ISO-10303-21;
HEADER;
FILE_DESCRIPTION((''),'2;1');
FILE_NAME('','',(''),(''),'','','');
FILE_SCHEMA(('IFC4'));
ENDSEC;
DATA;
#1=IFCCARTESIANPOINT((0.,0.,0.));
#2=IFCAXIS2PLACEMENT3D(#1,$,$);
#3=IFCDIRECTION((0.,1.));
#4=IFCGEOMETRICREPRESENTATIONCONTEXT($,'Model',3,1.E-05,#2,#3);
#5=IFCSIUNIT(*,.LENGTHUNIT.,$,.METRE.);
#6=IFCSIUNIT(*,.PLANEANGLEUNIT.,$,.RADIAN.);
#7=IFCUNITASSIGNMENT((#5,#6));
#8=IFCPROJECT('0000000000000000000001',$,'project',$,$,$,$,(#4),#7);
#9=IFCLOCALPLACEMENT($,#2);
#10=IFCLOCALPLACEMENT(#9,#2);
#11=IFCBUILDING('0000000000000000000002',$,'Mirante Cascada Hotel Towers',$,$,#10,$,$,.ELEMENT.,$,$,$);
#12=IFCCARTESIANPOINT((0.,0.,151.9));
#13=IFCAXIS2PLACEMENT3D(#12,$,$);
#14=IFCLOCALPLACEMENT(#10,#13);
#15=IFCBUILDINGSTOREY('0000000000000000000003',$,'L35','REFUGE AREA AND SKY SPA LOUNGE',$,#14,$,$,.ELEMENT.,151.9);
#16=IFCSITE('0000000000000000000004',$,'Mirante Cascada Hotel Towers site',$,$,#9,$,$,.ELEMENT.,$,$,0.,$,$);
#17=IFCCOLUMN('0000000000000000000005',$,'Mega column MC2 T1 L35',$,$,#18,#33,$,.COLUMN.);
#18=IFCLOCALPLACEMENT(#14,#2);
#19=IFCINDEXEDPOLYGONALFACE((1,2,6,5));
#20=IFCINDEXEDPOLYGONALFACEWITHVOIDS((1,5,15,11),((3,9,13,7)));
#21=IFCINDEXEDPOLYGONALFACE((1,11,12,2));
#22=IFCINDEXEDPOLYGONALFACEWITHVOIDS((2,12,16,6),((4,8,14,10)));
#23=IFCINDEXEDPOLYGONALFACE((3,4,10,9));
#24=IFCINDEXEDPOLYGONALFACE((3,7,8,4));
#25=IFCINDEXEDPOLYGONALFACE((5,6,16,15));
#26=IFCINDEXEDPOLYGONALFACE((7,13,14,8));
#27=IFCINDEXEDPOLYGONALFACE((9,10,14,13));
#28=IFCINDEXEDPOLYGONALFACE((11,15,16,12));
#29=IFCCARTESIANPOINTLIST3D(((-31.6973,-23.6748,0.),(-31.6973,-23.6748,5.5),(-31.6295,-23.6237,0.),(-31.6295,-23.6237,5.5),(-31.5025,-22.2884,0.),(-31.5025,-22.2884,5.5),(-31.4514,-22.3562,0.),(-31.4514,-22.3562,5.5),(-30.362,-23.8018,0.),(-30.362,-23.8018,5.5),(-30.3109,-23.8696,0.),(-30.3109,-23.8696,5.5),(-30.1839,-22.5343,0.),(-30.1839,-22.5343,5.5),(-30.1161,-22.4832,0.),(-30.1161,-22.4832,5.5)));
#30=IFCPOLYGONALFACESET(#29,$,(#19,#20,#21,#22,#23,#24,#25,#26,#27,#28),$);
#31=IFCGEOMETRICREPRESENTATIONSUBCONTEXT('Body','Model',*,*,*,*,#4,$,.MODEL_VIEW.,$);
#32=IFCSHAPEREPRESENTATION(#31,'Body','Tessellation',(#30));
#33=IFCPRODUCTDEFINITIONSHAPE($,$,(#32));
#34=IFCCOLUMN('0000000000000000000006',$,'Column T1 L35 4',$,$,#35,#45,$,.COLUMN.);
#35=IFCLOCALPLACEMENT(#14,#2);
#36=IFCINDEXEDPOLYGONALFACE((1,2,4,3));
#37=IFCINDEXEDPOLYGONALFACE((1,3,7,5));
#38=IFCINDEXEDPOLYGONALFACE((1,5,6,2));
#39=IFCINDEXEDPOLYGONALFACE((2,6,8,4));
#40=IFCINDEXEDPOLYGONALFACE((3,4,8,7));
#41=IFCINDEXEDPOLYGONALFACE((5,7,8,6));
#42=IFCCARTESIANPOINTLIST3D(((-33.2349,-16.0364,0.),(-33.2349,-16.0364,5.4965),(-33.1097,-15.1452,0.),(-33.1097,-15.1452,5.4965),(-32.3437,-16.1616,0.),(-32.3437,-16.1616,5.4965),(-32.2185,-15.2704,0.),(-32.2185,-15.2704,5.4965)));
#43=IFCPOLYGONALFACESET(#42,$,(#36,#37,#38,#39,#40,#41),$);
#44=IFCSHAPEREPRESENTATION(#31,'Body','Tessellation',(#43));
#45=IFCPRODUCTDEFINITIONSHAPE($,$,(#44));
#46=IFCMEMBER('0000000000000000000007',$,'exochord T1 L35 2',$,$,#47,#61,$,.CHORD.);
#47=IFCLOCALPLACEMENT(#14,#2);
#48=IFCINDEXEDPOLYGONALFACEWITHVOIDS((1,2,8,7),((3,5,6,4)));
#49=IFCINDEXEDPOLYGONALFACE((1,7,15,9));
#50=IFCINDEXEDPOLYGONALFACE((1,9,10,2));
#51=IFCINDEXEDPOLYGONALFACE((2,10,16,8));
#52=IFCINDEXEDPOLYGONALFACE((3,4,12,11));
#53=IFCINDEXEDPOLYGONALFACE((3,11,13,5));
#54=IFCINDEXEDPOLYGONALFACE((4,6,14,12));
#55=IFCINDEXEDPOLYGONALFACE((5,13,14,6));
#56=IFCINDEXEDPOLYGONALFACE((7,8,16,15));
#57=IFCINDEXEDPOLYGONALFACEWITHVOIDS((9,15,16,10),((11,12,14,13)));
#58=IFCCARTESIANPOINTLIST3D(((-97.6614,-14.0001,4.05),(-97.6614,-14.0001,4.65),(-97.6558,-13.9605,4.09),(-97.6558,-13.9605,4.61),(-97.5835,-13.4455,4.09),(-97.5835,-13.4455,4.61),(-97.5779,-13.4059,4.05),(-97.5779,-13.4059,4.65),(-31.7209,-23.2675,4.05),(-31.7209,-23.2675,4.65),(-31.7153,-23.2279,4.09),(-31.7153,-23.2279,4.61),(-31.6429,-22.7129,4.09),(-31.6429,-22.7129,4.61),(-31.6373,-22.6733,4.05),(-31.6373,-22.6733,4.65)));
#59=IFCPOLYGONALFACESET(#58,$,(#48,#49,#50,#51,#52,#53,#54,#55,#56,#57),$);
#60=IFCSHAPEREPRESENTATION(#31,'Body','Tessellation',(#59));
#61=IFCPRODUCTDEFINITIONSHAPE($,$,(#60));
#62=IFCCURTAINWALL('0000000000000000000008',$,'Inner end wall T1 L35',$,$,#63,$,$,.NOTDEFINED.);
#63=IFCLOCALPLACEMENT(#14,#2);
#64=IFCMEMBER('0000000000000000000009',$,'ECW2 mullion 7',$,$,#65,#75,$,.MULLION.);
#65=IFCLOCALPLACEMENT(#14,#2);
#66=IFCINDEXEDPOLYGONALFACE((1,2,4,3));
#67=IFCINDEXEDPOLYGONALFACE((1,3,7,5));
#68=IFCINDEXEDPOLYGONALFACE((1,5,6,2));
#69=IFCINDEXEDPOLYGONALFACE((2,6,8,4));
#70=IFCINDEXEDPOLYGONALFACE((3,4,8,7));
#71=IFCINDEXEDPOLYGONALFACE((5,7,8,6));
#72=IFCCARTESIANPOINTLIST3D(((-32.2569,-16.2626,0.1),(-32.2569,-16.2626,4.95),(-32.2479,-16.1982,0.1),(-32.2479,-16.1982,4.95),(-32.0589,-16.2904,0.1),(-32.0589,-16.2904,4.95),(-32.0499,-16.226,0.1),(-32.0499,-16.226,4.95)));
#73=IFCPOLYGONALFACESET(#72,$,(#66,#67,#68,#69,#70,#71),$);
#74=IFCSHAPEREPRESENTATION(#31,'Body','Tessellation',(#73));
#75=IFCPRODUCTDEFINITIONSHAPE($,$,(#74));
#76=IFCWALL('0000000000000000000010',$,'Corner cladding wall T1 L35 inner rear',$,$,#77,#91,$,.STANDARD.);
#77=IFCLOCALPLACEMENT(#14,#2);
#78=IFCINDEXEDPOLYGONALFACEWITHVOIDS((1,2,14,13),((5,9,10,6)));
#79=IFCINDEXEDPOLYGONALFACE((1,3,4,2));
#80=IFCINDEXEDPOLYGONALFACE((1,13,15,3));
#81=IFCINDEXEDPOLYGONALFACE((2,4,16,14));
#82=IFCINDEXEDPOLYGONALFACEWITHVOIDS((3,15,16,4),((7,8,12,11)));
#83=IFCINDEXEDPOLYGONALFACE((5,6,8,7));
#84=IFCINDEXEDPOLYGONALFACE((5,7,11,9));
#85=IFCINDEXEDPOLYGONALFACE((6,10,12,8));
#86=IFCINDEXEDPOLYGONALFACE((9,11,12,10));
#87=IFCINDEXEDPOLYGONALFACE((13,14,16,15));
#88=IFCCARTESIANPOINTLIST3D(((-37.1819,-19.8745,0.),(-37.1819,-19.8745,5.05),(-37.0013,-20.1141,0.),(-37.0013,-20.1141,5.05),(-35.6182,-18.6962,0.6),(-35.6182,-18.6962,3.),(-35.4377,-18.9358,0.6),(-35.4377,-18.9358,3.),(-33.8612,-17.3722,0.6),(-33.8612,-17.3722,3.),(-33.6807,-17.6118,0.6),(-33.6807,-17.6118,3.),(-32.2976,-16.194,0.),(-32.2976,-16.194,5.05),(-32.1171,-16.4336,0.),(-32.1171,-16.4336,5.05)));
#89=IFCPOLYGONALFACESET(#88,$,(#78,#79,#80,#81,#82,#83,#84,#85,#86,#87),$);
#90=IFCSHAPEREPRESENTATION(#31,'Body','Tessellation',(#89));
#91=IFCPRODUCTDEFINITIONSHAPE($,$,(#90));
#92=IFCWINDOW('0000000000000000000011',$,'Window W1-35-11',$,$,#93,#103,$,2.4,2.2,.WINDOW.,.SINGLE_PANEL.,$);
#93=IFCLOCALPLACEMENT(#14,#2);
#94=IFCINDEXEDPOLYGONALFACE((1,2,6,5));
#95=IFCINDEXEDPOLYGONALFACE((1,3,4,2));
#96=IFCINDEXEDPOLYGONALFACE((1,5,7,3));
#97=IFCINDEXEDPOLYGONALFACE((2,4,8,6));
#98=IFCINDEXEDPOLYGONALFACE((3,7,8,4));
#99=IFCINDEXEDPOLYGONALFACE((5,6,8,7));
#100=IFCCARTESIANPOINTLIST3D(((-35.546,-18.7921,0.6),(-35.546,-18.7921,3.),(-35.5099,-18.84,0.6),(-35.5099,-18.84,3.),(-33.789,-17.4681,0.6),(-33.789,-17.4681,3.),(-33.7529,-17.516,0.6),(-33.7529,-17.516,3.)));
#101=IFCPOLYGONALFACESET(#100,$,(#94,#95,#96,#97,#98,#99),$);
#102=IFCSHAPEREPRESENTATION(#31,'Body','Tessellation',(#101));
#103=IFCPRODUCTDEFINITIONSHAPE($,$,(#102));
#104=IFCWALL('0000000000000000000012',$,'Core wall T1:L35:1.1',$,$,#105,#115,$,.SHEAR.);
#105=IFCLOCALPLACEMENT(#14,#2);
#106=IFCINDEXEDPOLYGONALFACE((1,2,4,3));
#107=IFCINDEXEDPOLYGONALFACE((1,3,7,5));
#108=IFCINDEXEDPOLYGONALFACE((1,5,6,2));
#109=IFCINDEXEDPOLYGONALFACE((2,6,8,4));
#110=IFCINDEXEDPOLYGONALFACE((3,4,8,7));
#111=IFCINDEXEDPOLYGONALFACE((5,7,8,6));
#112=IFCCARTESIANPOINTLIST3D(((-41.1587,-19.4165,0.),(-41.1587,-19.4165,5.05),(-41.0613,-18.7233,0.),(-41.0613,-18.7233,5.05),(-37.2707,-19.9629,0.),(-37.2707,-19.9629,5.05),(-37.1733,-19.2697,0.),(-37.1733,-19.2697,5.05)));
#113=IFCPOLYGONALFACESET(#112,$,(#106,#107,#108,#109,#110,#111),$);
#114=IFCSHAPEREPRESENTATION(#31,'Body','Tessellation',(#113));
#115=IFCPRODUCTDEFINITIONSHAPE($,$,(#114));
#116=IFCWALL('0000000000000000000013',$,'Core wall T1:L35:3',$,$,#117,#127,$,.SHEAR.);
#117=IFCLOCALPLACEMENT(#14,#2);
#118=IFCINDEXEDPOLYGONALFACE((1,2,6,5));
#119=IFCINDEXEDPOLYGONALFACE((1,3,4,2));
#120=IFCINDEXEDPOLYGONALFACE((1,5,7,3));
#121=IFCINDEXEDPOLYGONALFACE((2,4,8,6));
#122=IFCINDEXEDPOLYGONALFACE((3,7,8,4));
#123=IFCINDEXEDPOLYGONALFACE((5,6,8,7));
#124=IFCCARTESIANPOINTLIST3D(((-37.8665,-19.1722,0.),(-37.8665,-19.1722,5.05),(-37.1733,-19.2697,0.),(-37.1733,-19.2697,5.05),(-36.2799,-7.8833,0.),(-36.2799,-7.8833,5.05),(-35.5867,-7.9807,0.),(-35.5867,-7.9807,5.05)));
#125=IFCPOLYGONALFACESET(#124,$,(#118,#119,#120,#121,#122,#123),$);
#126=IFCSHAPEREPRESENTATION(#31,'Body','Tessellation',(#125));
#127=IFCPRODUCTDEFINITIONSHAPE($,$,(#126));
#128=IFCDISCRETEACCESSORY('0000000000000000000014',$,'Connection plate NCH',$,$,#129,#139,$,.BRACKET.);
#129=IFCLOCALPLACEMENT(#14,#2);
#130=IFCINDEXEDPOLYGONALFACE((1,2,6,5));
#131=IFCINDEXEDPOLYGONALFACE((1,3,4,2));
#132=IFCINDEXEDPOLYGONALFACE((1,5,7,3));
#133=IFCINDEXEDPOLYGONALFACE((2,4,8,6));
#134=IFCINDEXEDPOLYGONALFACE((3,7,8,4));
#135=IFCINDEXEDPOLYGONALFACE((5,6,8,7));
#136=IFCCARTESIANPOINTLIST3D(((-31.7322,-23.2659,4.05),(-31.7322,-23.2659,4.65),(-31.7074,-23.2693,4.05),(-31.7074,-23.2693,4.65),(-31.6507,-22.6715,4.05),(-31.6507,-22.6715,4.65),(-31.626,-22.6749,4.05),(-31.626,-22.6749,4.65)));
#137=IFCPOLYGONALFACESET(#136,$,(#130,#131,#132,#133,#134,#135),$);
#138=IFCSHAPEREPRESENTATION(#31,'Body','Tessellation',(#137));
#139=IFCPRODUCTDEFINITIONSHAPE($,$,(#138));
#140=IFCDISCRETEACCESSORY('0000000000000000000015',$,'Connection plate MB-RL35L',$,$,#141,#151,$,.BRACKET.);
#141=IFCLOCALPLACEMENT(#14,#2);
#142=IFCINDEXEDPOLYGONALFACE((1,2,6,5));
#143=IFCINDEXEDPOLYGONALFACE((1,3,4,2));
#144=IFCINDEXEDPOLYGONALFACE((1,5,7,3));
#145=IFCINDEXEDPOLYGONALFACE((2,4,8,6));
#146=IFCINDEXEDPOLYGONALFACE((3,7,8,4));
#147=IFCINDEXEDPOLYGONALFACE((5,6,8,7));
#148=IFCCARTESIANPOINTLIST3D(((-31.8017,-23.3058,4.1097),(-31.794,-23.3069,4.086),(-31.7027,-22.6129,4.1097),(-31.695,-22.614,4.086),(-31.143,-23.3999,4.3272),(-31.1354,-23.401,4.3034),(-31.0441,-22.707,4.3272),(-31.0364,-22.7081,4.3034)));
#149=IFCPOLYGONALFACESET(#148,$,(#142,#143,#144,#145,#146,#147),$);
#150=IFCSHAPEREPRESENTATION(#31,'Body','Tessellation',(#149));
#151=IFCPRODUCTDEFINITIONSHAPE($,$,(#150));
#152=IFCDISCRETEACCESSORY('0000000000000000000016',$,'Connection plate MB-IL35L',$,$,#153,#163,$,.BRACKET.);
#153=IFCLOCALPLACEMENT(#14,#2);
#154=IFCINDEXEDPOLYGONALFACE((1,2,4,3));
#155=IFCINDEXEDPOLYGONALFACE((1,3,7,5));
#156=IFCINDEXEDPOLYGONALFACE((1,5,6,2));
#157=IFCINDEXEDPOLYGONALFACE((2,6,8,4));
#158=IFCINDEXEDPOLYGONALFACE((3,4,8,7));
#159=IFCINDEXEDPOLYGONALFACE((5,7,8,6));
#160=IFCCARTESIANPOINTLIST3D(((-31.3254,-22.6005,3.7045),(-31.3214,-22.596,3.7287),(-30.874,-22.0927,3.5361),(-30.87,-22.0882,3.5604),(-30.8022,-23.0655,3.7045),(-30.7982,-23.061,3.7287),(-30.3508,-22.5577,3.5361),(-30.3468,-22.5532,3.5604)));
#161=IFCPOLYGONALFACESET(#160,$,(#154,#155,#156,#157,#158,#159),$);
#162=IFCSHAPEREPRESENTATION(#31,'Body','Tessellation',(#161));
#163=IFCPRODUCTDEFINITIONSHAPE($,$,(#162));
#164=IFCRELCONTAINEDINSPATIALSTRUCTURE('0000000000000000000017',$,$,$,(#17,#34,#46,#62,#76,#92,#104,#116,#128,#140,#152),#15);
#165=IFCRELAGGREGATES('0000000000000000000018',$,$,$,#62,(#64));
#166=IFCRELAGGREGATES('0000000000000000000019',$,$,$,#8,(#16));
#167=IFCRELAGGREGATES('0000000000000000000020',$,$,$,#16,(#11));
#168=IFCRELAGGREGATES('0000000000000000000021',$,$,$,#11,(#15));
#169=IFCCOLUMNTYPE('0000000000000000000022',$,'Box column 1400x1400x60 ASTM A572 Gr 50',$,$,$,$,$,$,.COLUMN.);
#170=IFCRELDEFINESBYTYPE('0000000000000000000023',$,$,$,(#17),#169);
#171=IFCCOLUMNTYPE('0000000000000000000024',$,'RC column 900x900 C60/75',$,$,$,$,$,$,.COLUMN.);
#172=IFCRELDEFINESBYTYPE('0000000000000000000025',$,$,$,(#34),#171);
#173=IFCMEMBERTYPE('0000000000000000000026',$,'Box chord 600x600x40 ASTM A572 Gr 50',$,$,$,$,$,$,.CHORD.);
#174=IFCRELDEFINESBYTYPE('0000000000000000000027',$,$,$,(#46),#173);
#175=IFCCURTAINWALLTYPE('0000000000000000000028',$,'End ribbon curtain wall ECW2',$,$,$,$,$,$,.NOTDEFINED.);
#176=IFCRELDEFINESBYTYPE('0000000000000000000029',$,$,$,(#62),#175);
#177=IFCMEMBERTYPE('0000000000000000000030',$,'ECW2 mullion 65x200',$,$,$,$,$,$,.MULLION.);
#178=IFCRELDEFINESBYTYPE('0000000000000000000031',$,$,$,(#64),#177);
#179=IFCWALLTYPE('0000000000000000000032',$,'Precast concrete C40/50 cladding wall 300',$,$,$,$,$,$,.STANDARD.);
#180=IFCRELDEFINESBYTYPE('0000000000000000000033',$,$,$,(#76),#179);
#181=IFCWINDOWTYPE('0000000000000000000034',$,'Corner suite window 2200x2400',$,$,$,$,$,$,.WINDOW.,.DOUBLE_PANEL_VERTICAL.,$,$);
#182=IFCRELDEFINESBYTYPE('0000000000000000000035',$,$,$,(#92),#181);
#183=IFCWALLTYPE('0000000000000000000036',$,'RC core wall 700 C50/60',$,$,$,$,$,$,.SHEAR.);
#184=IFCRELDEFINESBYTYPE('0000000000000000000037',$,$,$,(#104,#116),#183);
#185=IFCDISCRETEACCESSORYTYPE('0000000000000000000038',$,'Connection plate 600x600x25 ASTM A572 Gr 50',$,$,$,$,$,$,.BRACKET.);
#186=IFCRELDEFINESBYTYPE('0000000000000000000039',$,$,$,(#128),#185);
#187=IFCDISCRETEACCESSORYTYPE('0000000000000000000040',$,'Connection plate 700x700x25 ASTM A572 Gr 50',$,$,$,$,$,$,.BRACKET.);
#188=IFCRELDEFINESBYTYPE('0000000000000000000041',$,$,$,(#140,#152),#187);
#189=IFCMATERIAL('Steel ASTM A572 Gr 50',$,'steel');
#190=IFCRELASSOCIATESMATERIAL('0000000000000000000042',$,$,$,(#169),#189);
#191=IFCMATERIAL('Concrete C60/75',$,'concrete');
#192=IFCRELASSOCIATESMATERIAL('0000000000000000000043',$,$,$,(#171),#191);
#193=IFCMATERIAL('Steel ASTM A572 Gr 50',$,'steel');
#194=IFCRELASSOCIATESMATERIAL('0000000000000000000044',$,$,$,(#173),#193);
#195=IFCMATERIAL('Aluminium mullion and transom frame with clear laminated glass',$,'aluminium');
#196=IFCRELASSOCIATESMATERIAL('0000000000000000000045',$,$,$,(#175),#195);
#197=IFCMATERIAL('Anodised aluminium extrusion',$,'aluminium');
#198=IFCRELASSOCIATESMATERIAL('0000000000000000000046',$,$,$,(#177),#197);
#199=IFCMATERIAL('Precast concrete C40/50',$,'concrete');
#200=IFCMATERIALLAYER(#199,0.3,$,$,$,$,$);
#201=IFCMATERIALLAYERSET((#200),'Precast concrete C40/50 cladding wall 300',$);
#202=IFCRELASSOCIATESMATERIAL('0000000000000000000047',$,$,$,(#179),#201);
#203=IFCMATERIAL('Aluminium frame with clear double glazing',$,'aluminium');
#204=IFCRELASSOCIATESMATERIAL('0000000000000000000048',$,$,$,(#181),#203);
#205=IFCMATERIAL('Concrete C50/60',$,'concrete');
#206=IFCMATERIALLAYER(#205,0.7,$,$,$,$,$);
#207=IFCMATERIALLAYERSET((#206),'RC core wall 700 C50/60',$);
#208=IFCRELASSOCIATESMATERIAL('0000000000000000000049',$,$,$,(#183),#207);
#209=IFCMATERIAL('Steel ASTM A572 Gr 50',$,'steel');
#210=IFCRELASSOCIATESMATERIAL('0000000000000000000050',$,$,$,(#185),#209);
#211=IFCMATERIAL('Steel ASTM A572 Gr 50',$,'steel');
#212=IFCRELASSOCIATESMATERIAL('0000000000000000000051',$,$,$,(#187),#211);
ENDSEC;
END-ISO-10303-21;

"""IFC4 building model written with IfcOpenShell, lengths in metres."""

from ifc_helpers import new_model, si_unit, direction, frame, frame_2d, origin, origin_2d, place, context, subcontext, project, spatial, rectangle, hollow_rectangle, extrude, material, layer, layer_set, material_profile, profile_set, type_object, element, fill, aggregate, save


model = new_model("IFC4")

# Units and contexts
model_context = context("Model", 3, precision=1e-05, world=origin(), true_north=direction((0.0, 1.0)))
body_context = subcontext(model_context, "Body", "Model", "MODEL_VIEW")
ifc_project = project(units=[si_unit("LENGTHUNIT", "METRE"), si_unit("PLANEANGLEUNIT", "RADIAN")], contexts=[model_context])

# Site, building, storey
site_placement = place(None, origin())
site = spatial("IfcSite", under=ifc_project, at=site_placement, Name="Mirante Cascada Hotel Towers site", CompositionType="ELEMENT", RefElevation=0.0)
building_placement = place(site_placement, origin())
building = spatial("IfcBuilding", under=site, at=building_placement, Name="Mirante Cascada Hotel Towers", CompositionType="ELEMENT")
storey_placement = place(building_placement, frame((0.0, 0.0, 151.9)))
storey = spatial("IfcBuildingStorey", under=building, at=storey_placement, Name="L35", Description="REFUGE AREA AND SKY SPA LOUNGE", CompositionType="ELEMENT", Elevation=151.9)

# Columns
ifc_material_1 = material(Name="Steel ASTM A572 Gr 50", Category="steel")
ifc_material_profile_1 = material_profile(ifc_material_1, hollow_rectangle(XDim=1.4, YDim=1.4, WallThickness=0.06, at=origin_2d()), Name="Box column 1400x1400x60 ASTM A572 Gr 50")
ifc_profile_set_1 = profile_set([ifc_material_profile_1], Name="Steel ASTM A572 Gr 50")
column_type_1 = type_object("IfcColumnType", Name="Box column 1400x1400x60 ASTM A572 Gr 50", PredefinedType="COLUMN", material=ifc_profile_set_1)
column_1_placement = place(storey_placement, frame((-30.9067, -23.079, 0.0), z_axis=(0.0, 0.0, 1.0), x_axis=(-0.990268, 0.139173, 0.0)))
element("IfcColumn", 1, at=column_1_placement, inside=storey, type_object=column_type_1, Name="Mega column MC2 T1 L35", PredefinedType="COLUMN", context=body_context, shape_type="SweptSolid", body=[
    extrude(hollow_rectangle(XDim=1.4, YDim=1.4, WallThickness=0.06, at=origin_2d()), origin(), (0.0, 0.0, 1.0), 5.5),
])
ifc_material_2 = material(Name="Concrete C60/75", Category="concrete")
ifc_material_profile_2 = material_profile(ifc_material_2, rectangle(XDim=0.9, YDim=0.9, at=origin_2d()), Name="RC column 900x900 C60/75")
ifc_profile_set_2 = profile_set([ifc_material_profile_2], Name="Concrete C60/75")
column_type_2 = type_object("IfcColumnType", Name="RC column 900x900 C60/75", PredefinedType="COLUMN", material=ifc_profile_set_2)
column_2_placement = place(storey_placement, frame((-32.7267, -15.6534, 0.0), z_axis=(0.0, 0.0, 1.0), x_axis=(-0.990268, 0.139173, 0.0)))
element("IfcColumn", 2, at=column_2_placement, inside=storey, type_object=column_type_2, Name="Column T1 L35 4", PredefinedType="COLUMN", context=body_context, shape_type="SweptSolid", body=[
    extrude(rectangle(XDim=0.9, YDim=0.9, at=origin_2d()), origin(), (0.0, 0.0, 1.0), 5.4965),
])

# Member
ifc_material_3 = material(Name="Steel ASTM A572 Gr 50", Category="steel")
ifc_material_profile_3 = material_profile(ifc_material_3, hollow_rectangle(XDim=0.6, YDim=0.6, WallThickness=0.04, at=origin_2d()), Name="Box chord 600x600x40 ASTM A572 Gr 50")
ifc_profile_set_3 = profile_set([ifc_material_profile_3], Name="Steel ASTM A572 Gr 50")
member_type_1 = type_object("IfcMemberType", Name="Box chord 600x600x40 ASTM A572 Gr 50", PredefinedType="CHORD", material=ifc_profile_set_3)
member_1_placement = place(storey_placement, frame((-31.6791, -22.9704, 4.35), z_axis=(-0.990268, 0.139174, 0.0), x_axis=(-0.139174, -0.990268, 0.0)))
element("IfcMember", 3, at=member_1_placement, inside=storey, type_object=member_type_1, Name="exochord T1 L35 2", PredefinedType="CHORD", context=body_context, shape_type="SweptSolid", body=[
    extrude(hollow_rectangle(XDim=0.6, YDim=0.6, WallThickness=0.04, at=origin_2d()), origin(), (0.0, 0.0, 1.0), 66.5886),
])

# Curtain wall, member
ifc_material_4 = material(Name="Aluminium mullion and transom frame with clear laminated glass", Category="aluminium")
curtain_wall_type = type_object("IfcCurtainWallType", Name="End ribbon curtain wall ECW2", PredefinedType="NOTDEFINED", material=ifc_material_4)
curtain_wall_placement = place(storey_placement, origin())
curtain_wall = element("IfcCurtainWall", 4, at=curtain_wall_placement, inside=storey, type_object=curtain_wall_type, Name="Inner end wall T1 L35", PredefinedType="NOTDEFINED")
ifc_material_5 = material(Name="Anodised aluminium extrusion", Category="aluminium")
ifc_material_profile_4 = material_profile(ifc_material_5, rectangle(XDim=0.2, YDim=0.065, at=origin_2d()), Name="ECW2 MULLION 65x200")
ifc_profile_set_4 = profile_set([ifc_material_profile_4], Name="Anodised aluminium extrusion")
member_type_2 = type_object("IfcMemberType", Name="ECW2 mullion 65x200", PredefinedType="MULLION", material=ifc_profile_set_4)
member_2_placement = place(storey_placement, frame((-32.1534, -16.2443, 0.1), z_axis=(0.0, 0.0, 1.0), x_axis=(0.990268, -0.139173, 0.0)))
member_2 = element("IfcMember", 5, at=member_2_placement, type_object=member_type_2, Name="ECW2 mullion 7", PredefinedType="MULLION", context=body_context, shape_type="SweptSolid", body=[
    extrude(rectangle(XDim=0.2, YDim=0.065, at=origin_2d()), origin(), (0.0, 0.0, 1.0), 4.85),
])
aggregate(curtain_wall, [member_2])

# Wall, opening, window
ifc_material_6 = material(Name="Precast concrete C40/50", Category="concrete")
ifc_layer_1 = layer(ifc_material_6, 0.3)
ifc_layer_set_1 = layer_set([ifc_layer_1], Name="Precast concrete C40/50 cladding wall 300")
wall_type_1 = type_object("IfcWallType", Name="Precast concrete C40/50 cladding wall 300", PredefinedType="STANDARD", material=ifc_layer_set_1)
wall_1_placement = place(storey_placement, frame((-32.2074, -16.3138, 0.0), z_axis=(0.0, 0.0, 1.0), x_axis=(-0.798636, -0.601814, 0.0)))
wall_1 = element("IfcWall", 6, at=wall_1_placement, inside=storey, type_object=wall_type_1, Name="Corner cladding wall T1 L35 inner rear", PredefinedType="STANDARD", context=body_context, shape_type="SweptSolid", body=[
    extrude(rectangle(XDim=6.1157, YDim=0.3, at=frame_2d((3.0578, 0.0))), origin(), (0.0, 0.0, 1.0), 5.05),
])
opening_placement = place(wall_1_placement, frame((1.9578, 0.0, 0.6)))
opening = element("IfcOpeningElement", 7, at=opening_placement, cuts=wall_1, PredefinedType="OPENING", context=body_context, shape_type="SweptSolid", body=[
    extrude(rectangle(XDim=2.2, YDim=2.4, at=frame_2d((1.1, 1.2))), frame((0.0, 0.15, 0.0), z_axis=(0.0, -1.0, 0.0), x_axis=(1.0, 0.0, 0.0)), (0.0, 0.0, 1.0), 0.3),
])
ifc_material_7 = material(Name="Aluminium frame with clear double glazing", Category="aluminium")
window_type = type_object("IfcWindowType", Name="Corner suite window 2200x2400", PartitioningType="DOUBLE_PANEL_VERTICAL", PredefinedType="WINDOW", material=ifc_material_7)
window_placement = place(opening_placement, origin())
window = element("IfcWindow", 8, at=window_placement, inside=storey, type_object=window_type, Name="Window W1-35-11", OverallHeight=2.4, OverallWidth=2.2, PartitioningType="SINGLE_PANEL", PredefinedType="WINDOW", context=body_context, shape_type="SweptSolid", body=[
    extrude(rectangle(XDim=2.2, YDim=2.4, at=frame_2d((1.1, 1.2))), frame((0.0, 0.03, 0.0), z_axis=(0.0, -1.0, 0.0), x_axis=(1.0, 0.0, 0.0)), (0.0, 0.0, 1.0), 0.06),
])
fill(opening, window)

# Walls
ifc_material_8 = material(Name="Concrete C50/60", Category="concrete")
ifc_layer_2 = layer(ifc_material_8, 0.7)
ifc_layer_set_2 = layer_set([ifc_layer_2], Name="RC core wall 700 C50/60")
wall_type_2 = type_object("IfcWallType", Name="RC core wall 700 C50/60", PredefinedType="SHEAR", material=ifc_layer_set_2)
wall_2_placement = place(storey_placement, frame((-37.222, -19.6163, 0.0), z_axis=(0.0, 0.0, 1.0), x_axis=(-0.990269, 0.139167, 0.0)))
element("IfcWall", 9, at=wall_2_placement, inside=storey, type_object=wall_type_2, Name="Core wall T1:L35:1.1", PredefinedType="SHEAR", context=body_context, shape_type="SweptSolid", body=[
    extrude(rectangle(XDim=3.9262, YDim=0.7, at=frame_2d((1.9631, 0.0))), origin(), (0.0, 0.0, 1.0), 5.05),
])
wall_3_placement = place(storey_placement, frame((-37.5199, -19.221, 0.0), z_axis=(0.0, 0.0, 1.0), x_axis=(0.139176, 0.990268, 0.0)))
element("IfcWall", 10, at=wall_3_placement, inside=storey, type_object=wall_type_2, Name="Core wall T1:L35:3", PredefinedType="SHEAR", context=body_context, shape_type="SweptSolid", body=[
    extrude(rectangle(XDim=11.3999, YDim=0.7, at=frame_2d((5.7, 0.0))), origin(), (0.0, 0.0, 1.0), 5.05),
])

# Discrete accessories
ifc_material_9 = material(Name="Steel ASTM A572 Gr 50", Category="steel")
ifc_material_profile_5 = material_profile(ifc_material_9, rectangle(XDim=0.6, YDim=0.6, at=origin_2d()), Name="Connection plate 600x600x25 ASTM A572 Gr 50")
ifc_profile_set_5 = profile_set([ifc_material_profile_5], Name="Steel ASTM A572 Gr 50")
discrete_accessory_type_1 = type_object("IfcDiscreteAccessoryType", Name="Connection plate 600x600x25 ASTM A572 Gr 50", PredefinedType="BRACKET", material=ifc_profile_set_5)
discrete_accessory_placement = place(storey_placement, frame((-31.6667, -22.9721, 4.35), z_axis=(-0.990733, 0.135826, 0.0), x_axis=(-0.135826, -0.990733, 0.0)))
element("IfcDiscreteAccessory", 11, at=discrete_accessory_placement, inside=storey, type_object=discrete_accessory_type_1, Name="Connection plate NCH", PredefinedType="BRACKET", context=body_context, shape_type="SweptSolid", body=[
    extrude(rectangle(XDim=0.6, YDim=0.6, at=origin_2d()), origin(), (0.0, 0.0, 1.0), 0.025),
])
ifc_material_10 = material(Name="Steel ASTM A572 Gr 50", Category="steel")
ifc_material_profile_6 = material_profile(ifc_material_10, rectangle(XDim=0.7, YDim=0.7, at=origin_2d()), Name="Connection plate 700x700x25 ASTM A572 Gr 50")
ifc_profile_set_6 = profile_set([ifc_material_profile_6], Name="Steel ASTM A572 Gr 50")
discrete_accessory_type_2 = type_object("IfcDiscreteAccessoryType", Name="Connection plate 700x700x25 ASTM A572 Gr 50", PredefinedType="BRACKET", material=ifc_profile_set_6)
for number, where, z_axis, x_axis, name in (
    (12, (-31.4152, -23.0075, 4.1947), (-0.307523, 0.043932, 0.950526), (-0.141421, -0.98995, 0.0), "Connection plate MB-RL35L"),
    (13, (-30.8381, -22.5791, 3.6203), (0.159778, 0.17975, 0.97065), (-0.747409, 0.664364, 0.0), "Connection plate MB-IL35L"),
):
    element("IfcDiscreteAccessory", number, at=place(storey_placement, frame(where, z_axis=z_axis, x_axis=x_axis)), inside=storey, type_object=discrete_accessory_type_2, Name=name, PredefinedType="BRACKET", context=body_context, shape_type="SweptSolid", body=[
        extrude(rectangle(XDim=0.7, YDim=0.7, at=origin_2d()), origin(), (0.0, 0.0, 1.0), 0.025),
    ])

save(model, "model.ifc")
